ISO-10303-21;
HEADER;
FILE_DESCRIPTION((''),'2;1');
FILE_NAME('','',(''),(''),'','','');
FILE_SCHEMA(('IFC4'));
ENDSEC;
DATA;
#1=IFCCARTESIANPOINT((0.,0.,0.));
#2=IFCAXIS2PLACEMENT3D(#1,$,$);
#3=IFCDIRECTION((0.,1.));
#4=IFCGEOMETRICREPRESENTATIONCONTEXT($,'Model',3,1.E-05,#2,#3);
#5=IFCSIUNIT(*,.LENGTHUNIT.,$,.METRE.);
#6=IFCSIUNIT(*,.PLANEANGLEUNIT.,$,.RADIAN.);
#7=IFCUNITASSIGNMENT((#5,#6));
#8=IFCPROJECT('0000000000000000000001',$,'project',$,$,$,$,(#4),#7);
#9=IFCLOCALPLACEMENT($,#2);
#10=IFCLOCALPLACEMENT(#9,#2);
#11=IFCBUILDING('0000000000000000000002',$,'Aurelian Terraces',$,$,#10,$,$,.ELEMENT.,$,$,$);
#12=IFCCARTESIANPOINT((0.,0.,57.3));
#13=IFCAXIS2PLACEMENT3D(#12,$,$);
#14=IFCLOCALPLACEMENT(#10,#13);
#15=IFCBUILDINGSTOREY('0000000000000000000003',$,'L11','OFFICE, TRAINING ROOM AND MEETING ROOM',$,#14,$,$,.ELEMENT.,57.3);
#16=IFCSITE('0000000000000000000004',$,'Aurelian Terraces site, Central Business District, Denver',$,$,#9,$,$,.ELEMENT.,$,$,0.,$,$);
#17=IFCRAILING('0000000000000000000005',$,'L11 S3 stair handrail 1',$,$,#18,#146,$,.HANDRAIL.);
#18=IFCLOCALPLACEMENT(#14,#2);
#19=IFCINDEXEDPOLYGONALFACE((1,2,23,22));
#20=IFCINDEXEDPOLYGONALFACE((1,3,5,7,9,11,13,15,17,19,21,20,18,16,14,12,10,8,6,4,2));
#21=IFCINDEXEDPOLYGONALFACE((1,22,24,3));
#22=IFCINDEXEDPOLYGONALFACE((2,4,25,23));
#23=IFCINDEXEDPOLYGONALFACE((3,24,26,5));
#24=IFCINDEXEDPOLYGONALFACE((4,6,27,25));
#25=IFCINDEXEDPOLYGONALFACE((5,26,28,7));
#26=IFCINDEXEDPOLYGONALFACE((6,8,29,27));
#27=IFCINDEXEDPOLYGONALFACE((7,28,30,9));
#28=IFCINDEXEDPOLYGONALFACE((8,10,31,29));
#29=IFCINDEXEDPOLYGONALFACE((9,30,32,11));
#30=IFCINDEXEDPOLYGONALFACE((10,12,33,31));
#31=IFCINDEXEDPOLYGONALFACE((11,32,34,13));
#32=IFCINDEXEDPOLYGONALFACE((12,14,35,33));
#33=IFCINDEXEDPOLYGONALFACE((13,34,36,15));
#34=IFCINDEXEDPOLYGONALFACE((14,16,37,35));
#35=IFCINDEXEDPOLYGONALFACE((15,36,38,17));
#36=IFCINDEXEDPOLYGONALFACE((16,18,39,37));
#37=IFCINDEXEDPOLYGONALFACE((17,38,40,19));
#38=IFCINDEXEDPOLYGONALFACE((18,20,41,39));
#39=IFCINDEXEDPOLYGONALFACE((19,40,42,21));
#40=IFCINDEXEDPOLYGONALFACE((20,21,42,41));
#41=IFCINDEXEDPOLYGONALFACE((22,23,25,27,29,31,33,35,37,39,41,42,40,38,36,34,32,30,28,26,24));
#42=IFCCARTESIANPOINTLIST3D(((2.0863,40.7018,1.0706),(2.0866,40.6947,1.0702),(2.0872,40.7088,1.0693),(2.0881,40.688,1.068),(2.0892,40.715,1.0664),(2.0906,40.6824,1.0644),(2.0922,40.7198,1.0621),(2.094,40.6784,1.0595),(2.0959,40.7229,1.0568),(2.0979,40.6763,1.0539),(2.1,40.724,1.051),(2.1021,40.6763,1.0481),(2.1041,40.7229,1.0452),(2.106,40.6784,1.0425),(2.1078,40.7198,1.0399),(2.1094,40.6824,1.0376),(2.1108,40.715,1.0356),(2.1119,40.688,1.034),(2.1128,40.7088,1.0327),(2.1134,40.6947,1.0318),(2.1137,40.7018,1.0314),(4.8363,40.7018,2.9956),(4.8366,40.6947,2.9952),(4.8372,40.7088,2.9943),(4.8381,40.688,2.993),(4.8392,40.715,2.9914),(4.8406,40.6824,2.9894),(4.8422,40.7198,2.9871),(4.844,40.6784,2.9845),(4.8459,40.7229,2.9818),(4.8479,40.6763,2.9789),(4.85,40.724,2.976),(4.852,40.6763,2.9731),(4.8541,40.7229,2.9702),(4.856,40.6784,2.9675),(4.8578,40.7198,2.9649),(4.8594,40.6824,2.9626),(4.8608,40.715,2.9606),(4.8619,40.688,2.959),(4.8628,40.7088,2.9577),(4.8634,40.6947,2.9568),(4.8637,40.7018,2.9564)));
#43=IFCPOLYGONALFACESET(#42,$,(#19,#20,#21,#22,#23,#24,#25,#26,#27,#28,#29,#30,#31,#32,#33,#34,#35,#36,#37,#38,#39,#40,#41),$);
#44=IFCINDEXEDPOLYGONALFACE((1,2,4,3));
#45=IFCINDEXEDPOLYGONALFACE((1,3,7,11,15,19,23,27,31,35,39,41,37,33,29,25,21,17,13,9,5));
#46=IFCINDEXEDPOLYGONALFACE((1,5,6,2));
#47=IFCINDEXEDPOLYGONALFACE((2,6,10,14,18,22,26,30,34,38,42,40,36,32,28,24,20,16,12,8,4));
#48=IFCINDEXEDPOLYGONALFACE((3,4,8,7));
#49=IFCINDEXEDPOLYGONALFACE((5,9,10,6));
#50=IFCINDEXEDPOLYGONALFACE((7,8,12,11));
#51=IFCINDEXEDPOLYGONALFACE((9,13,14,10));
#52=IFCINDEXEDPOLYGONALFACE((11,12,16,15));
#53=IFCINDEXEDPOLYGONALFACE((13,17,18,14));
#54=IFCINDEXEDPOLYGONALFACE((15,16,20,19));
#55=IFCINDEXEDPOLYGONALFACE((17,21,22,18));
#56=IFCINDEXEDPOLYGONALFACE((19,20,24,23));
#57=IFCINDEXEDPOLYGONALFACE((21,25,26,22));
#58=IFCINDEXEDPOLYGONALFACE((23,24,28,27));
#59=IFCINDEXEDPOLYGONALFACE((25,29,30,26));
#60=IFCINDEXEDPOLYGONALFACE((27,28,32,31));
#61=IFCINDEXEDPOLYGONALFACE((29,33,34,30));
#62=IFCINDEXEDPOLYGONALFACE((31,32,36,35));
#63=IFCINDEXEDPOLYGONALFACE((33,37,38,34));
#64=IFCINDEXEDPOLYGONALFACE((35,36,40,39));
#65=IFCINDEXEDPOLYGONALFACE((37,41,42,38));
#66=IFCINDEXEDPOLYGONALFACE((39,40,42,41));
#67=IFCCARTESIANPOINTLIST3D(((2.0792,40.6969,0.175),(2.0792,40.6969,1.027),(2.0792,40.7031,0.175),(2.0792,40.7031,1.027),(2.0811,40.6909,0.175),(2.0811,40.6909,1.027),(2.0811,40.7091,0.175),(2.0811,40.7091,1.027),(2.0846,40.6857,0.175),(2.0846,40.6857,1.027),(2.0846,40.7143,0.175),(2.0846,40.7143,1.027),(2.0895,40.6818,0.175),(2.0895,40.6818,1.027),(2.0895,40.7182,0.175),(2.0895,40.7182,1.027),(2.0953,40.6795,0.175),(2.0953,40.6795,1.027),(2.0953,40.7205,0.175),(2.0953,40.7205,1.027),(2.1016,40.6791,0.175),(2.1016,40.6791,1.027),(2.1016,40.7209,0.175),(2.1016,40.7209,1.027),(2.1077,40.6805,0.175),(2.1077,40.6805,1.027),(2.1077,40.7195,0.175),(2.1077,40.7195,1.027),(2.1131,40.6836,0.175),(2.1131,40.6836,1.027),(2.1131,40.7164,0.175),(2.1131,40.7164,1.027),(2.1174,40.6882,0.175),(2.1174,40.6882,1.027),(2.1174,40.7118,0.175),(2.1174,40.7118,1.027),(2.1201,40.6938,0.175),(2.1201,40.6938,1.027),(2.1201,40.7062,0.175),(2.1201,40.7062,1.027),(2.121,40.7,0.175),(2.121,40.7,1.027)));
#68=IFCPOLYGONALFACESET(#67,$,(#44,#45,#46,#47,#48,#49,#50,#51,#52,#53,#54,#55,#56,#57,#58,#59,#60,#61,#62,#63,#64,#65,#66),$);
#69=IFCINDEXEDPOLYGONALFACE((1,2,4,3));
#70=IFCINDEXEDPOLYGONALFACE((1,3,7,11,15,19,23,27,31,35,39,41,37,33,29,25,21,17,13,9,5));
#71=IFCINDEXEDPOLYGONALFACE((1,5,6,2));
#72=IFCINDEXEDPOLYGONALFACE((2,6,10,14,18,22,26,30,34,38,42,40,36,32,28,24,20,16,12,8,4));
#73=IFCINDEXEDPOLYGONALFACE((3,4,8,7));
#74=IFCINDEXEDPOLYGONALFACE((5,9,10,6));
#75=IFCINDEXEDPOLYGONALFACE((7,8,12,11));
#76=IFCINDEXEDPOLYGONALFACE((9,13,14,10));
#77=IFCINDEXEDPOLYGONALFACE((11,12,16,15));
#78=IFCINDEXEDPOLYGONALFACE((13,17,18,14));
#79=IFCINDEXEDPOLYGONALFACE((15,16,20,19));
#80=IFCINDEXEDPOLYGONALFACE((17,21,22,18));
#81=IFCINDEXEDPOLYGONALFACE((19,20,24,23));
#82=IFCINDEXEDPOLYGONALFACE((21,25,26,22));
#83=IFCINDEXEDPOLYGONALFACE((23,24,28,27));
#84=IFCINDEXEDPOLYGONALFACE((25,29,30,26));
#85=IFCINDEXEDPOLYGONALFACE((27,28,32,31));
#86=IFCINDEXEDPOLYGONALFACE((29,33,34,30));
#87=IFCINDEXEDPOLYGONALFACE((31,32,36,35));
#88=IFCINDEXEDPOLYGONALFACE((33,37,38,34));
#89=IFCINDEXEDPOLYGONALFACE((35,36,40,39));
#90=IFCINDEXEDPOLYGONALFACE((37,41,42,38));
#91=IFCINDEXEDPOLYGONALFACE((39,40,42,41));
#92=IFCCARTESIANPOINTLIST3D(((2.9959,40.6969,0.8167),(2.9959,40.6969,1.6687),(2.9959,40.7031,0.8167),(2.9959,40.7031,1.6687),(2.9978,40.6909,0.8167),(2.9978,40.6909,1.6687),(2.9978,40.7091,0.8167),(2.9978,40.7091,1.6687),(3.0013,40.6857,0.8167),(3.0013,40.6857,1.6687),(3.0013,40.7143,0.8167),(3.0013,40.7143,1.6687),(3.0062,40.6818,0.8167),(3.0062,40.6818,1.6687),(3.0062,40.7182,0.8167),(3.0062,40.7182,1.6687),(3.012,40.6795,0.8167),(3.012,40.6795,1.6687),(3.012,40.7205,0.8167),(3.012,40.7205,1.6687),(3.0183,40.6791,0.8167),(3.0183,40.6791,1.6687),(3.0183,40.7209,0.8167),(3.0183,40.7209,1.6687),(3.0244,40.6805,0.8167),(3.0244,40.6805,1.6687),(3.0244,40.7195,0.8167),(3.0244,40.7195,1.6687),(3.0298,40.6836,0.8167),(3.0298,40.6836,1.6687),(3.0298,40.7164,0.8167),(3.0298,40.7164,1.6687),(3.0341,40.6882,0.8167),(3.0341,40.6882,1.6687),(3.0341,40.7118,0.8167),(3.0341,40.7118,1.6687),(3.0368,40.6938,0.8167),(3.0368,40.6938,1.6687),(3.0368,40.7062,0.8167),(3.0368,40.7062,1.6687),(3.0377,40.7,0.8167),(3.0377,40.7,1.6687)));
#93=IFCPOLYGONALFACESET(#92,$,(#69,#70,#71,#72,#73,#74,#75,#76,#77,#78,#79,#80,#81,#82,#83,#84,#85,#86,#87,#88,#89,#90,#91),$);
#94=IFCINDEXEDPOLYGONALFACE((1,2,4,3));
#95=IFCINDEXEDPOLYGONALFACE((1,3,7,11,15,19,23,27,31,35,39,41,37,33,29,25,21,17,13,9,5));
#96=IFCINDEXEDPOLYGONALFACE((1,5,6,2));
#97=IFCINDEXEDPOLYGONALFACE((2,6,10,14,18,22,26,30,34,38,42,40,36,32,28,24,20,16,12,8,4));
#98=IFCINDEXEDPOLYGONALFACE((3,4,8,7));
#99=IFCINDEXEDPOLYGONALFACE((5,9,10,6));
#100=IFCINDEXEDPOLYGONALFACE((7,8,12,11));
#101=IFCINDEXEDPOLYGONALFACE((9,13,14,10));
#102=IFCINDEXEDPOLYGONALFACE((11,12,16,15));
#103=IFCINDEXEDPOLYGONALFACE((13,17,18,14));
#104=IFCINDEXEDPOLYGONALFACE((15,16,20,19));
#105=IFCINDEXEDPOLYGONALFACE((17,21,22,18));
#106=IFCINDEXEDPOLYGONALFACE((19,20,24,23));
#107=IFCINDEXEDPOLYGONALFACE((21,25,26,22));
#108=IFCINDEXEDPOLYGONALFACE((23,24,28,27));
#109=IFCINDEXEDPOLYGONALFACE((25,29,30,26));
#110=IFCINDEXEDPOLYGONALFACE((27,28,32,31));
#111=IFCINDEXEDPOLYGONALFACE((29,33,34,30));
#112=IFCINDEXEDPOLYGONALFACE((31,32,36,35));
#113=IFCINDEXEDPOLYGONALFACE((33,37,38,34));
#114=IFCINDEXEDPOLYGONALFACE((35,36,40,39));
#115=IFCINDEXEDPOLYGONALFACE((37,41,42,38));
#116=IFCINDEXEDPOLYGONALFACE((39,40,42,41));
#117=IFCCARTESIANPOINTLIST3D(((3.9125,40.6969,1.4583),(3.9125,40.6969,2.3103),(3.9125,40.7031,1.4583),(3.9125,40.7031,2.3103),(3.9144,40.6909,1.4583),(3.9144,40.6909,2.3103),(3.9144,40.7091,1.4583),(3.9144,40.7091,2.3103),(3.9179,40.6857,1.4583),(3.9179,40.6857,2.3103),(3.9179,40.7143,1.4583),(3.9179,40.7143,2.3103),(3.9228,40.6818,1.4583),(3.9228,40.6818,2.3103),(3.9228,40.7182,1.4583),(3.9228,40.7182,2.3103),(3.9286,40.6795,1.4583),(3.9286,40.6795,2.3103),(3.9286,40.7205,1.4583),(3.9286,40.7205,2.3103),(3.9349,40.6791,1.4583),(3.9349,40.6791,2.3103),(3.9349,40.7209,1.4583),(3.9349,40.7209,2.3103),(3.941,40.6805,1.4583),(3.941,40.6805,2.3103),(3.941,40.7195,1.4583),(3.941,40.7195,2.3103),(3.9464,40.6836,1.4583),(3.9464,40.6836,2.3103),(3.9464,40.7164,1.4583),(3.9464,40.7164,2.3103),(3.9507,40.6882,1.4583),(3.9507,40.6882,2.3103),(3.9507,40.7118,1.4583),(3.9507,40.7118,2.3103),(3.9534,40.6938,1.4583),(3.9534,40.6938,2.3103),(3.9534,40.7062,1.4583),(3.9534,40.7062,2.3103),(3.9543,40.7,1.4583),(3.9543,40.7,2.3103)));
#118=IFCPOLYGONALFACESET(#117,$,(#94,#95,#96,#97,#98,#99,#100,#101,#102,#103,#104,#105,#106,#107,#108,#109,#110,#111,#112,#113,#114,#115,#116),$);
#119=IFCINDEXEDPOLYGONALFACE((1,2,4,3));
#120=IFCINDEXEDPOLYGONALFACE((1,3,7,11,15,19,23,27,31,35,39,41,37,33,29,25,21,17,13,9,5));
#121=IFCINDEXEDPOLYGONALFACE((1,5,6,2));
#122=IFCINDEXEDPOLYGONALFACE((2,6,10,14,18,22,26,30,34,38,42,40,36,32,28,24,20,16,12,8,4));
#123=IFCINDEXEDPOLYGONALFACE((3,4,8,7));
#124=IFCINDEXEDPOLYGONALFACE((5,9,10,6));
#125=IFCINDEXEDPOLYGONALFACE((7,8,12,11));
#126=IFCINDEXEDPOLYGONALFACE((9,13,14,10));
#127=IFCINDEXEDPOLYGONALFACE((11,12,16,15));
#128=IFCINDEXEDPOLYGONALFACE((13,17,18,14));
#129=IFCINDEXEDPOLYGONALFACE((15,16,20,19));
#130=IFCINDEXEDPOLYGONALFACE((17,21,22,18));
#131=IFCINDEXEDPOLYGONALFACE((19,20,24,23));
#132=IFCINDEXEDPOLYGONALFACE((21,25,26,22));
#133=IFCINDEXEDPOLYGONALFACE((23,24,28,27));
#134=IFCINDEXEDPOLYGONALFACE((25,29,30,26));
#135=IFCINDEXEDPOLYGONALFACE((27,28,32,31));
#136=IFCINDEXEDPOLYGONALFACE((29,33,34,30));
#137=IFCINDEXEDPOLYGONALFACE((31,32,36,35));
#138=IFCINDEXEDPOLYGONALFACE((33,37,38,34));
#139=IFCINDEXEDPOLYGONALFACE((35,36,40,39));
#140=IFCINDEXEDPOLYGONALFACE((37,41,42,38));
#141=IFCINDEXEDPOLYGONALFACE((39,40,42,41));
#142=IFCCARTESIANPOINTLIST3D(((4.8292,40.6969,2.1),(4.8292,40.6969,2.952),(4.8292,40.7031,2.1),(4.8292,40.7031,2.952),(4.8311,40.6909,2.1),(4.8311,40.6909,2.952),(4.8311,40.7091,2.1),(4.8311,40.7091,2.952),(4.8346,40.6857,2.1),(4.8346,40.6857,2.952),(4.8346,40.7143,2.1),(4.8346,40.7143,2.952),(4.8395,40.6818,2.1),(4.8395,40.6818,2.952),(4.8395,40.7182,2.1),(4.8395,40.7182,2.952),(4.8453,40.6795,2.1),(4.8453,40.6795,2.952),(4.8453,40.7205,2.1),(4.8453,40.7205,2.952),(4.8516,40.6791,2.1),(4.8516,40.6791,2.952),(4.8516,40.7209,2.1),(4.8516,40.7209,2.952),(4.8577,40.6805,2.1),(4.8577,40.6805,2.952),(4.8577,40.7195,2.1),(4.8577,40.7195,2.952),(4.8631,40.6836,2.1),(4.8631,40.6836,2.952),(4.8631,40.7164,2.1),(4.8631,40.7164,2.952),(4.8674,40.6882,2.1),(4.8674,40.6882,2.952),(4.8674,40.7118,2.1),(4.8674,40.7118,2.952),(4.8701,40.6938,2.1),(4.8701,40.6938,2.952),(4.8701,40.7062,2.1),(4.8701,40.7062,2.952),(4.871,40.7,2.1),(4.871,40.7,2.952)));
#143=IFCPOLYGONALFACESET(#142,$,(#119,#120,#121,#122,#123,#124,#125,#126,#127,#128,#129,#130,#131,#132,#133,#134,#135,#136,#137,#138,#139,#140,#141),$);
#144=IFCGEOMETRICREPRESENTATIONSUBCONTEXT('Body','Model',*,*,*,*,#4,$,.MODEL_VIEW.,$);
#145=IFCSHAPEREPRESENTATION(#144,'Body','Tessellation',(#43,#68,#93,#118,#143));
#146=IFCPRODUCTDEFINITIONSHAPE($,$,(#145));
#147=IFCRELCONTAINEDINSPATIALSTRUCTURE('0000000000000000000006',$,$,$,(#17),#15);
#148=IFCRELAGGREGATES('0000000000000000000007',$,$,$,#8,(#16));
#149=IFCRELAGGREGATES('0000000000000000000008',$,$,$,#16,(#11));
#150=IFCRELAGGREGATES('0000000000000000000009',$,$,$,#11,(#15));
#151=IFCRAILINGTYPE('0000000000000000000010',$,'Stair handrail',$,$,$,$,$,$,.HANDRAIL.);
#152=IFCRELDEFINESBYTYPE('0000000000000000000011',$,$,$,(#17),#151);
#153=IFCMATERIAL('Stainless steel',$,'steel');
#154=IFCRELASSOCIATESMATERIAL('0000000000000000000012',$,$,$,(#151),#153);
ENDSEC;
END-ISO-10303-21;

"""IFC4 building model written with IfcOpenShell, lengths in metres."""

from ifc_helpers import new_model, si_unit, direction, frame, origin, origin_2d, place, context, subcontext, project, spatial, circle, extrude, source, transform, mapped, material, type_object, element, save


model = new_model("IFC4")

# Units and contexts
model_context = context("Model", 3, precision=1e-05, world=origin(), true_north=direction((0.0, 1.0)))
body_context = subcontext(model_context, "Body", "Model", "MODEL_VIEW")
ifc_project = project(units=[si_unit("LENGTHUNIT", "METRE"), si_unit("PLANEANGLEUNIT", "RADIAN")], contexts=[model_context])

# Site, building, storey
site_placement = place(None, origin())
site = spatial("IfcSite", under=ifc_project, at=site_placement, Name="Aurelian Terraces site, Central Business District, Denver", CompositionType="ELEMENT", RefElevation=0.0)
building_placement = place(site_placement, origin())
building = spatial("IfcBuilding", under=site, at=building_placement, Name="Aurelian Terraces", CompositionType="ELEMENT")
storey_placement = place(building_placement, frame((0.0, 0.0, 57.3)))
storey = spatial("IfcBuildingStorey", under=building, at=storey_placement, Name="L11", Description="OFFICE, TRAINING ROOM AND MEETING ROOM", CompositionType="ELEMENT", Elevation=57.3)

# Railing
ifc_material_1 = material(Name="Stainless steel", Category="steel")
railing_type_1 = type_object("IfcRailingType", Name="Stair handrail", PredefinedType="HANDRAIL", material=ifc_material_1)
shared_shape_1 = source(origin(), body_context, "Body", "SweptSolid", [
    extrude(circle(Radius=0.024, at=origin_2d()), frame((0.0, 0.0, 0.876), z_axis=(0.819232, 0.0, 0.573462), x_axis=(0.0, 1.0, 0.0)), (0.0, 0.0, 1.0), 3.3568),
    extrude(circle(Radius=0.021, at=origin_2d()), origin(), (0.0, 0.0, 1.0), 0.852),
    extrude(circle(Radius=0.021, at=origin_2d()), frame((0.9167, 0.0, 0.6417)), (0.0, 0.0, 1.0), 0.852),
    extrude(circle(Radius=0.021, at=origin_2d()), frame((1.8333, 0.0, 1.2833)), (0.0, 0.0, 1.0), 0.852),
    extrude(circle(Radius=0.021, at=origin_2d()), frame((2.75, 0.0, 1.925)), (0.0, 0.0, 1.0), 0.852),
])
railing_1_placement = place(storey_placement, frame((2.1, 40.7, 0.175)))
element("IfcRailing", 1, at=railing_1_placement, inside=storey, type_object=railing_type_1, Name="L11 S3 stair handrail 1", PredefinedType="HANDRAIL", context=body_context, shape_type="MappedRepresentation", body=[
    mapped(shared_shape_1, transform((0.0, 0.0, 0.0), scale=1.0)),
])

save(model, "model.ifc")
